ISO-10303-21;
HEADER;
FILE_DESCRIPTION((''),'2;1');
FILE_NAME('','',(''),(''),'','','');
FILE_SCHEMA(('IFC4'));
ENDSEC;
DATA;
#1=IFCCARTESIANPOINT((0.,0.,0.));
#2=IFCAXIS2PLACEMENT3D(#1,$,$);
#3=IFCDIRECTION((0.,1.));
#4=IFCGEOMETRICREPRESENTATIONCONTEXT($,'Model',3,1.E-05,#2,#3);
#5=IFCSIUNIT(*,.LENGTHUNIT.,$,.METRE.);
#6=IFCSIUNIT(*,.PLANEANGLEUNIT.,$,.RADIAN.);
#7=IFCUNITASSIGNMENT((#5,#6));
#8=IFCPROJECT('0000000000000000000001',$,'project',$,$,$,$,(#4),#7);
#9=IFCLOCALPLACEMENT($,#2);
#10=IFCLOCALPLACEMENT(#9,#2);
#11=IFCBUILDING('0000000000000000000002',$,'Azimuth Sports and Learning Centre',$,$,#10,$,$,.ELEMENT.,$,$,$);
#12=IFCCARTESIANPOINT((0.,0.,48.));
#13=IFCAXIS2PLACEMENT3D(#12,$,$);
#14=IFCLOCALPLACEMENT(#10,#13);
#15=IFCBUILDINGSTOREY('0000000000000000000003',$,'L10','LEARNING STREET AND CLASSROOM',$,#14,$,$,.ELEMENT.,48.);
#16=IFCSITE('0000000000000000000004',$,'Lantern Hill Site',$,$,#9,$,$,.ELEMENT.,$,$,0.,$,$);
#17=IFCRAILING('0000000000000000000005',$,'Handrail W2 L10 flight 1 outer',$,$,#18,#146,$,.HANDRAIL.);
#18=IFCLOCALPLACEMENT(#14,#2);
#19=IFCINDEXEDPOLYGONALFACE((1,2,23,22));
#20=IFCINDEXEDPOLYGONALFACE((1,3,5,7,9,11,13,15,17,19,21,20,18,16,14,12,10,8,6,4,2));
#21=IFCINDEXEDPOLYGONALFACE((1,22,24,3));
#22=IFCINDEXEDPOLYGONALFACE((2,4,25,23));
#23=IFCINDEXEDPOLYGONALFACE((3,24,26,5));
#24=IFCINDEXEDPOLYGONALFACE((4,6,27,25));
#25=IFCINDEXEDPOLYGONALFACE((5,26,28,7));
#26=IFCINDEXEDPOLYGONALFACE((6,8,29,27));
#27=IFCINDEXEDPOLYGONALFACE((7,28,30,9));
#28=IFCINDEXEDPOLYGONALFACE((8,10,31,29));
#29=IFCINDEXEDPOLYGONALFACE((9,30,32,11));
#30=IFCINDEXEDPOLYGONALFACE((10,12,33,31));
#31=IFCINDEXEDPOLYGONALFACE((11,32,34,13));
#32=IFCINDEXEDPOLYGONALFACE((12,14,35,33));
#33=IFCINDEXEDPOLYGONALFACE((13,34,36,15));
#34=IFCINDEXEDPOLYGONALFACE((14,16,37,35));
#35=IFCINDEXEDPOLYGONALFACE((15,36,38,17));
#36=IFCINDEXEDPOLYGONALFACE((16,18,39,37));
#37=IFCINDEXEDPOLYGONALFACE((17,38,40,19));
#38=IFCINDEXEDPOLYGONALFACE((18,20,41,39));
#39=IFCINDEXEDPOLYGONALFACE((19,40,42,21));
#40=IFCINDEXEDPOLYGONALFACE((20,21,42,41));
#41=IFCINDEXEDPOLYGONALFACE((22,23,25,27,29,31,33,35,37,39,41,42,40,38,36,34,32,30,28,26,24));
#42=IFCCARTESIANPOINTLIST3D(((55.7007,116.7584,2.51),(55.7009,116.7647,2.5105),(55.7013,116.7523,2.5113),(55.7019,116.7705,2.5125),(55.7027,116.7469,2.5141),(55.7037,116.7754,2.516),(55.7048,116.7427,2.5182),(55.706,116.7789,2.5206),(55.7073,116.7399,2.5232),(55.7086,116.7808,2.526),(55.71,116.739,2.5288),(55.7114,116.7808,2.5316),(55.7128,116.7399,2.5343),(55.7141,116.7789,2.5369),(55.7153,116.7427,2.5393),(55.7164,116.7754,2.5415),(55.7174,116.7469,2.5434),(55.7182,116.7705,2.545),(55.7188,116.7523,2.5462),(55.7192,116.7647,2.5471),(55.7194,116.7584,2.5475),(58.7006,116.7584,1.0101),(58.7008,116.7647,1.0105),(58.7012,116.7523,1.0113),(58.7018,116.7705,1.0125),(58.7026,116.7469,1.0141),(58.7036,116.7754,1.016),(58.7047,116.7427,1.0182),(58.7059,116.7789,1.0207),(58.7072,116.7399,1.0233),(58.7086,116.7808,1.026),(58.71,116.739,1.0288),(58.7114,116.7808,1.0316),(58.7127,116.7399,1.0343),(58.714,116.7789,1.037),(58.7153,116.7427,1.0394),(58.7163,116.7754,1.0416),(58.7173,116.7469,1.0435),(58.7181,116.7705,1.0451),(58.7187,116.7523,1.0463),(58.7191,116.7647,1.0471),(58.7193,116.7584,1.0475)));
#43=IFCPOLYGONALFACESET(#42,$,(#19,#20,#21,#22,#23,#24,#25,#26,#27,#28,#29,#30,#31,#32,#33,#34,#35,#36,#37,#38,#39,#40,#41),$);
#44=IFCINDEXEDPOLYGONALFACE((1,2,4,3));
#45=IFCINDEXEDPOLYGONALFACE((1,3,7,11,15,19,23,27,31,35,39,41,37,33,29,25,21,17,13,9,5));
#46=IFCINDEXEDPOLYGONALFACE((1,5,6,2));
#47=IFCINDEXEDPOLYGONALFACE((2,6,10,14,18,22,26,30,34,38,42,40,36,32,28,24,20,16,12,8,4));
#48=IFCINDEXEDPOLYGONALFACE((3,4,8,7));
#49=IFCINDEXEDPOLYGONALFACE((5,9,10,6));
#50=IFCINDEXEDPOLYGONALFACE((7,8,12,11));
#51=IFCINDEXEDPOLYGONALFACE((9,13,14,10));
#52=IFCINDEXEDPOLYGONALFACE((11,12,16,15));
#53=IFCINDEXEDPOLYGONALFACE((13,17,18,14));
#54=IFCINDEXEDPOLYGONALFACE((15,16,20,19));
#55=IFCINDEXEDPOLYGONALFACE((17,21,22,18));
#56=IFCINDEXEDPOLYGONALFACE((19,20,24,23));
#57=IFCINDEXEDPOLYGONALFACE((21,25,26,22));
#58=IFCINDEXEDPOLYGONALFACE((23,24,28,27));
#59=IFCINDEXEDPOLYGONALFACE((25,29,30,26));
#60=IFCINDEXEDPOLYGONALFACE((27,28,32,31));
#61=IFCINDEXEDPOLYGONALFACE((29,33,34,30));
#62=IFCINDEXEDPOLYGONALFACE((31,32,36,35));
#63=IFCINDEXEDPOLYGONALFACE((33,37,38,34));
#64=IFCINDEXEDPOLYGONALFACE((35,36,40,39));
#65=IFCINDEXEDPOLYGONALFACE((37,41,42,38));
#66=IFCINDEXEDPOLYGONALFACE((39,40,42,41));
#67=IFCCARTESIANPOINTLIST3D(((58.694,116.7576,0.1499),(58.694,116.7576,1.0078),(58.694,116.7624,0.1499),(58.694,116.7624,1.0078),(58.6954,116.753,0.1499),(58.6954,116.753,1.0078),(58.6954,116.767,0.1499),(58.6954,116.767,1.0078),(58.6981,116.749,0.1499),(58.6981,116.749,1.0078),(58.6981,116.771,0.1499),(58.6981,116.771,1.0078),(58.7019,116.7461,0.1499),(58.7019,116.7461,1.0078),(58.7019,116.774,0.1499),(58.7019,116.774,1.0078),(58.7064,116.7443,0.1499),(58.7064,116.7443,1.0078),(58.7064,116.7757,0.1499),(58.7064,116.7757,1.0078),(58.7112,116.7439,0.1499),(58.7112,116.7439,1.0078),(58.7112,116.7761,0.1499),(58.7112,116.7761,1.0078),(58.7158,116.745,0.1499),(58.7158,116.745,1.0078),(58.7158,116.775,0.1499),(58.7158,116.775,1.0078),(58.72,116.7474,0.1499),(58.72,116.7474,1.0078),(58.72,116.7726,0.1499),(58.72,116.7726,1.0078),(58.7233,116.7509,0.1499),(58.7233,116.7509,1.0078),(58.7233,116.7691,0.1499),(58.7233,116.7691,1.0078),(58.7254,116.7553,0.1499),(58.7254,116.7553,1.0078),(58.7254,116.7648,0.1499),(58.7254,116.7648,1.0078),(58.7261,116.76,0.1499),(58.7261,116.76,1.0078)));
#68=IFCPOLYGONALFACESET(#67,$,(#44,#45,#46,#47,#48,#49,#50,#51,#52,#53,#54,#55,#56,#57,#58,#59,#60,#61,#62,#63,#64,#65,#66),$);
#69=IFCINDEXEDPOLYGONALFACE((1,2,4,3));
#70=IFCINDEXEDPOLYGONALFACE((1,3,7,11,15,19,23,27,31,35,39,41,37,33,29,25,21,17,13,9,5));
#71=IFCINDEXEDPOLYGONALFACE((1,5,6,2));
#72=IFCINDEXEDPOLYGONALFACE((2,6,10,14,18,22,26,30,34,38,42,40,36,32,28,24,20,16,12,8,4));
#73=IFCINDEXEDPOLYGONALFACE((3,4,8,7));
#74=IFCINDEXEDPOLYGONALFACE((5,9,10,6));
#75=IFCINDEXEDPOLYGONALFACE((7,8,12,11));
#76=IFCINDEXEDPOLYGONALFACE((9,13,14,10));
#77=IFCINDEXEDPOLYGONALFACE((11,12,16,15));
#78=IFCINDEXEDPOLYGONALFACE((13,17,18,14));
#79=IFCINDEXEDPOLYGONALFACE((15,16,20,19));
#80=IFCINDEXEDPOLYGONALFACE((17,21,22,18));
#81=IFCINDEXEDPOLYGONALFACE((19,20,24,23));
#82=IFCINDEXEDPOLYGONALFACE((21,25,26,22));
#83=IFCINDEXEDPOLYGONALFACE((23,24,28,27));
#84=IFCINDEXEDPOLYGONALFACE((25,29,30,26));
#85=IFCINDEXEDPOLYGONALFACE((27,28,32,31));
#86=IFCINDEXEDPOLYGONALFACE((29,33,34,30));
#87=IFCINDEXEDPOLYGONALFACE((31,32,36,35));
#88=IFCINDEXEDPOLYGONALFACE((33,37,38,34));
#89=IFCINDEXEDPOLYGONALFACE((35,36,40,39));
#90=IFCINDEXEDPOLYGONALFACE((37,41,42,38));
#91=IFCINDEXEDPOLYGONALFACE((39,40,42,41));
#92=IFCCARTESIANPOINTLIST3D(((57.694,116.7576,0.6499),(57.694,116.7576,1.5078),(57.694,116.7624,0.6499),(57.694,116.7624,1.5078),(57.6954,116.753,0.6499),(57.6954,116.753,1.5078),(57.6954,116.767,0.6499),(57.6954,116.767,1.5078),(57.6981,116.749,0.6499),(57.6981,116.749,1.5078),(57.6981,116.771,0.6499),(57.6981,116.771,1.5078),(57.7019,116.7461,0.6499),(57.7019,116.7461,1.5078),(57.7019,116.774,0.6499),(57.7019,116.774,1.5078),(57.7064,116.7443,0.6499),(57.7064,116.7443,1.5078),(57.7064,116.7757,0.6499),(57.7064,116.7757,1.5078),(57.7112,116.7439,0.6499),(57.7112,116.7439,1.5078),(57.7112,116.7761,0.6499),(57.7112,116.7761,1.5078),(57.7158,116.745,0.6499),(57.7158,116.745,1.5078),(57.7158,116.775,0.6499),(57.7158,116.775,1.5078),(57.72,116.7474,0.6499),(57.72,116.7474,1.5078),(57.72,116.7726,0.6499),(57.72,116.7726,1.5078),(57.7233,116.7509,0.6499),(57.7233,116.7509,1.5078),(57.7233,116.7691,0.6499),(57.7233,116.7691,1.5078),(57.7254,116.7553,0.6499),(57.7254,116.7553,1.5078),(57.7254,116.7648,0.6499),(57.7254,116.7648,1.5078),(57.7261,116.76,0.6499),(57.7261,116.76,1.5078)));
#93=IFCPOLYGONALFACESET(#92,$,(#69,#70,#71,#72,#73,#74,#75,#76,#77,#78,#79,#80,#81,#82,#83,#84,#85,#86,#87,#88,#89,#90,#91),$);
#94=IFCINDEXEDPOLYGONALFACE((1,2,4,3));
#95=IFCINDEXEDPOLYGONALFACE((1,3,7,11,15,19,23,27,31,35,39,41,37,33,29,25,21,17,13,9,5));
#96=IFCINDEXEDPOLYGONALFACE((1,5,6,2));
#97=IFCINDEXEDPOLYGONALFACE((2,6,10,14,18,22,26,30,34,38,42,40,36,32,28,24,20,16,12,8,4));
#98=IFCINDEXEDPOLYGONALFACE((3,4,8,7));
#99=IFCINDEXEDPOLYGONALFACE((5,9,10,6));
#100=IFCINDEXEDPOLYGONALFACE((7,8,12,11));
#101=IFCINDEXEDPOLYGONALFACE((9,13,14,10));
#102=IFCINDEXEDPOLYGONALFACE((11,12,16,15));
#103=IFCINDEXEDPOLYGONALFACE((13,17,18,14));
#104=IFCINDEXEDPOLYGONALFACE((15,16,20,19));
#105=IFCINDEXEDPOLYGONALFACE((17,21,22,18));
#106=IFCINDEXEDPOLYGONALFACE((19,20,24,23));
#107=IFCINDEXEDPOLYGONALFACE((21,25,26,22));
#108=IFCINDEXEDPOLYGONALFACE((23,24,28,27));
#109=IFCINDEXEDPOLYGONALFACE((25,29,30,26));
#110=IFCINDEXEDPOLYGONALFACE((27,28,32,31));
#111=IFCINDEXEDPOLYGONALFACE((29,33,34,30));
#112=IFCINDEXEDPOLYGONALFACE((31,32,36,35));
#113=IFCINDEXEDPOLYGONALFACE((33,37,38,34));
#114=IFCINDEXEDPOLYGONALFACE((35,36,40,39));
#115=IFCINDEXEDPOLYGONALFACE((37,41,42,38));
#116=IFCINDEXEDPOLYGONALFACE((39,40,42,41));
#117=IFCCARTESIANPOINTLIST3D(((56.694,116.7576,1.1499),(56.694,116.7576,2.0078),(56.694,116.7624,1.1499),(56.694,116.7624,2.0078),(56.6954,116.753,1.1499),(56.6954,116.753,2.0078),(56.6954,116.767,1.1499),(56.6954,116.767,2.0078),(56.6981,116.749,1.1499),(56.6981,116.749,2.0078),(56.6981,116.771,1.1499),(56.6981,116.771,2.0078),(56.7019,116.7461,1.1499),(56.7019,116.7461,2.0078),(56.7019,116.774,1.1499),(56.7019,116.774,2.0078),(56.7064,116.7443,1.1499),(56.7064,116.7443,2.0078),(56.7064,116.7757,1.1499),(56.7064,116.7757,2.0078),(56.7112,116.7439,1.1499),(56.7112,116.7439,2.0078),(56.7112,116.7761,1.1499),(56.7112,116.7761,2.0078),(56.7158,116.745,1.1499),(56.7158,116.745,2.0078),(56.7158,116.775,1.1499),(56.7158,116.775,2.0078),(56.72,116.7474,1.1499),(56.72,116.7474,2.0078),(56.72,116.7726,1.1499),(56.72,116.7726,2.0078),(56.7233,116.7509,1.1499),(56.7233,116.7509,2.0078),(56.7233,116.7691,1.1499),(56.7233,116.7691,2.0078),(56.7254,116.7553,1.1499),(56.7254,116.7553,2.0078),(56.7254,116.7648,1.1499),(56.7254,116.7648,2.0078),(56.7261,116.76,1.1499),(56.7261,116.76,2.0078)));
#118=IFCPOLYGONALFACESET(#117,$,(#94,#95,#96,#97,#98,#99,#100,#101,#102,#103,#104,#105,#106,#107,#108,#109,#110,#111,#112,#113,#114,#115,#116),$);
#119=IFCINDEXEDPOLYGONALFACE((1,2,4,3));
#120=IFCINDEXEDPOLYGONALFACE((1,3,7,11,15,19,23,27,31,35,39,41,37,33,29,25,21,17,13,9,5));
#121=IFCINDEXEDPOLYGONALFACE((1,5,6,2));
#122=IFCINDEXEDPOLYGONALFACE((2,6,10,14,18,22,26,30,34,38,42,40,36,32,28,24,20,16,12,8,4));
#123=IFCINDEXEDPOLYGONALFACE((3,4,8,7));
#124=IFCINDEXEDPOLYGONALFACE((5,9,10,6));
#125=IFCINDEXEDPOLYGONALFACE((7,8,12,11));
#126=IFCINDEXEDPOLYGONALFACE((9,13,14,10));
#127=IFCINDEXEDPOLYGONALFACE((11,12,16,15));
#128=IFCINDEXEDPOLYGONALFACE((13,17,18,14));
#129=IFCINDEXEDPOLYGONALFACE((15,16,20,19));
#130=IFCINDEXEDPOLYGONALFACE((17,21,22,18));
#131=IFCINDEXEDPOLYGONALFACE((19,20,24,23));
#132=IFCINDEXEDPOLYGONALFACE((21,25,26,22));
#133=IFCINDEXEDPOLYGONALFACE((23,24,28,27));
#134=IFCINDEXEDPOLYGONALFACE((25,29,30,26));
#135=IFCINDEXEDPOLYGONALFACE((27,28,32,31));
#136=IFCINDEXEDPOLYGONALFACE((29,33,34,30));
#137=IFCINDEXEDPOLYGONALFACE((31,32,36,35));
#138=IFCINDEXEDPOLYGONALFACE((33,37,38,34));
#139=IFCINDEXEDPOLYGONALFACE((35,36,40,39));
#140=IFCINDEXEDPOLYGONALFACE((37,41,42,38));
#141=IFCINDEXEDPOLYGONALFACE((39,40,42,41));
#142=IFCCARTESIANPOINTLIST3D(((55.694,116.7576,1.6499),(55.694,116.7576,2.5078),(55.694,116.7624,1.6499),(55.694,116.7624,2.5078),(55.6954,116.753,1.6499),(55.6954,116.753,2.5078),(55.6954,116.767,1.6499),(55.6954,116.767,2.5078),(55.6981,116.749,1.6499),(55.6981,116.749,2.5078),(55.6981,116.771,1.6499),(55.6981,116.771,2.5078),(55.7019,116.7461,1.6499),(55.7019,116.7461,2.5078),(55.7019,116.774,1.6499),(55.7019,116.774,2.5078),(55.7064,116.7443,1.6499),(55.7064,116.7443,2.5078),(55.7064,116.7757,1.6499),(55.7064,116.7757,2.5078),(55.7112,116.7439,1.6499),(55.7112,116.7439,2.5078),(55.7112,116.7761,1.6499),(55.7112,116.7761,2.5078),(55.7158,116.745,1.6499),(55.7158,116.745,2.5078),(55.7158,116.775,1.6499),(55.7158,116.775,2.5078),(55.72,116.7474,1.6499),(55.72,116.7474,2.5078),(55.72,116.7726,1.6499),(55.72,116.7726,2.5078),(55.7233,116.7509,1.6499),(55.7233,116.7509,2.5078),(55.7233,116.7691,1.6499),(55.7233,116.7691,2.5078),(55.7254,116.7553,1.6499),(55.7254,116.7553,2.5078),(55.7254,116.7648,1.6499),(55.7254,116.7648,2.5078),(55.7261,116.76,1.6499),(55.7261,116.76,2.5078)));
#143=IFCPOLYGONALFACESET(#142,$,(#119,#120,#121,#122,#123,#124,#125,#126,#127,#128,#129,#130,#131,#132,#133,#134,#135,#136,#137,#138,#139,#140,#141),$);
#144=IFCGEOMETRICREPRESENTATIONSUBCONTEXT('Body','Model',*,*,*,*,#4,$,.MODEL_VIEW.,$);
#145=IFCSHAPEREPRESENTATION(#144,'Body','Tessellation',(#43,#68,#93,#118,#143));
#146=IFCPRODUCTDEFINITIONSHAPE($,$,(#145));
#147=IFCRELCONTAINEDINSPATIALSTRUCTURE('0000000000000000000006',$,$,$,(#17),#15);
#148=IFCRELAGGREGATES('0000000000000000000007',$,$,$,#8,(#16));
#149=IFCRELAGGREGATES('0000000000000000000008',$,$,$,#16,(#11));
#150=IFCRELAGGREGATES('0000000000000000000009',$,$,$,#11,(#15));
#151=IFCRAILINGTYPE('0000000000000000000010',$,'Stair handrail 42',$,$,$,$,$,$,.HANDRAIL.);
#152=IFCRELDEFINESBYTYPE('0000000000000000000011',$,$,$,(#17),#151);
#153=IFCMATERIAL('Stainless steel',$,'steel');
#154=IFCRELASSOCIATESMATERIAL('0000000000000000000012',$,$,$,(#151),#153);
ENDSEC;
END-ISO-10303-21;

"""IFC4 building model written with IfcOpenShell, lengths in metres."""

from ifc_helpers import new_model, si_unit, direction, frame, origin, origin_2d, place, context, subcontext, project, spatial, circle, extrude, material, type_object, element, save


model = new_model("IFC4")

# Units and contexts
model_context = context("Model", 3, precision=1e-05, world=origin(), true_north=direction((0.0, 1.0)))
body_context = subcontext(model_context, "Body", "Model", "MODEL_VIEW")
ifc_project = project(units=[si_unit("LENGTHUNIT", "METRE"), si_unit("PLANEANGLEUNIT", "RADIAN")], contexts=[model_context])

# Site, building, storey
site_placement = place(None, origin())
site = spatial("IfcSite", under=ifc_project, at=site_placement, Name="Lantern Hill Site", CompositionType="ELEMENT", RefElevation=0.0)
building_placement = place(site_placement, origin())
building = spatial("IfcBuilding", under=site, at=building_placement, Name="Azimuth Sports and Learning Centre", CompositionType="ELEMENT")
storey_placement = place(building_placement, frame((0.0, 0.0, 48.0)))
storey = spatial("IfcBuildingStorey", under=building, at=storey_placement, Name="L10", Description="LEARNING STREET AND CLASSROOM", CompositionType="ELEMENT", Elevation=48.0)

# Railing
ifc_material_1 = material(Name="Stainless steel", Category="steel")
railing_type_1 = type_object("IfcRailingType", Name="Stair handrail 42", PredefinedType="HANDRAIL", material=ifc_material_1)
for number, where, name in (
    (1, (58.71, 116.76, 0.1499), "Handrail W2 L10 flight 1 outer"),
):
    element("IfcRailing", number, at=place(storey_placement, frame(where)), inside=storey, type_object=railing_type_1, Name=name, PredefinedType="HANDRAIL", context=body_context, shape_type="SweptSolid", body=[
        extrude(circle(Radius=0.021, at=origin_2d()), frame((0.0, 0.0, 0.8789), z_axis=(-0.894427, 0.0, 0.447214), x_axis=(0.0, -1.0, 0.0)), (0.0, 0.0, 1.0), 3.354),
        extrude(circle(Radius=0.0161, at=origin_2d()), origin(), (0.0, 0.0, 1.0), 0.8579),
        extrude(circle(Radius=0.0161, at=origin_2d()), frame((-1.0, 0.0, 0.5)), (0.0, 0.0, 1.0), 0.8579),
        extrude(circle(Radius=0.0161, at=origin_2d()), frame((-2.0, 0.0, 1.0)), (0.0, 0.0, 1.0), 0.8579),
        extrude(circle(Radius=0.0161, at=origin_2d()), frame((-3.0, 0.0, 1.5)), (0.0, 0.0, 1.0), 0.8579),
    ])

save(model, "model.ifc")
